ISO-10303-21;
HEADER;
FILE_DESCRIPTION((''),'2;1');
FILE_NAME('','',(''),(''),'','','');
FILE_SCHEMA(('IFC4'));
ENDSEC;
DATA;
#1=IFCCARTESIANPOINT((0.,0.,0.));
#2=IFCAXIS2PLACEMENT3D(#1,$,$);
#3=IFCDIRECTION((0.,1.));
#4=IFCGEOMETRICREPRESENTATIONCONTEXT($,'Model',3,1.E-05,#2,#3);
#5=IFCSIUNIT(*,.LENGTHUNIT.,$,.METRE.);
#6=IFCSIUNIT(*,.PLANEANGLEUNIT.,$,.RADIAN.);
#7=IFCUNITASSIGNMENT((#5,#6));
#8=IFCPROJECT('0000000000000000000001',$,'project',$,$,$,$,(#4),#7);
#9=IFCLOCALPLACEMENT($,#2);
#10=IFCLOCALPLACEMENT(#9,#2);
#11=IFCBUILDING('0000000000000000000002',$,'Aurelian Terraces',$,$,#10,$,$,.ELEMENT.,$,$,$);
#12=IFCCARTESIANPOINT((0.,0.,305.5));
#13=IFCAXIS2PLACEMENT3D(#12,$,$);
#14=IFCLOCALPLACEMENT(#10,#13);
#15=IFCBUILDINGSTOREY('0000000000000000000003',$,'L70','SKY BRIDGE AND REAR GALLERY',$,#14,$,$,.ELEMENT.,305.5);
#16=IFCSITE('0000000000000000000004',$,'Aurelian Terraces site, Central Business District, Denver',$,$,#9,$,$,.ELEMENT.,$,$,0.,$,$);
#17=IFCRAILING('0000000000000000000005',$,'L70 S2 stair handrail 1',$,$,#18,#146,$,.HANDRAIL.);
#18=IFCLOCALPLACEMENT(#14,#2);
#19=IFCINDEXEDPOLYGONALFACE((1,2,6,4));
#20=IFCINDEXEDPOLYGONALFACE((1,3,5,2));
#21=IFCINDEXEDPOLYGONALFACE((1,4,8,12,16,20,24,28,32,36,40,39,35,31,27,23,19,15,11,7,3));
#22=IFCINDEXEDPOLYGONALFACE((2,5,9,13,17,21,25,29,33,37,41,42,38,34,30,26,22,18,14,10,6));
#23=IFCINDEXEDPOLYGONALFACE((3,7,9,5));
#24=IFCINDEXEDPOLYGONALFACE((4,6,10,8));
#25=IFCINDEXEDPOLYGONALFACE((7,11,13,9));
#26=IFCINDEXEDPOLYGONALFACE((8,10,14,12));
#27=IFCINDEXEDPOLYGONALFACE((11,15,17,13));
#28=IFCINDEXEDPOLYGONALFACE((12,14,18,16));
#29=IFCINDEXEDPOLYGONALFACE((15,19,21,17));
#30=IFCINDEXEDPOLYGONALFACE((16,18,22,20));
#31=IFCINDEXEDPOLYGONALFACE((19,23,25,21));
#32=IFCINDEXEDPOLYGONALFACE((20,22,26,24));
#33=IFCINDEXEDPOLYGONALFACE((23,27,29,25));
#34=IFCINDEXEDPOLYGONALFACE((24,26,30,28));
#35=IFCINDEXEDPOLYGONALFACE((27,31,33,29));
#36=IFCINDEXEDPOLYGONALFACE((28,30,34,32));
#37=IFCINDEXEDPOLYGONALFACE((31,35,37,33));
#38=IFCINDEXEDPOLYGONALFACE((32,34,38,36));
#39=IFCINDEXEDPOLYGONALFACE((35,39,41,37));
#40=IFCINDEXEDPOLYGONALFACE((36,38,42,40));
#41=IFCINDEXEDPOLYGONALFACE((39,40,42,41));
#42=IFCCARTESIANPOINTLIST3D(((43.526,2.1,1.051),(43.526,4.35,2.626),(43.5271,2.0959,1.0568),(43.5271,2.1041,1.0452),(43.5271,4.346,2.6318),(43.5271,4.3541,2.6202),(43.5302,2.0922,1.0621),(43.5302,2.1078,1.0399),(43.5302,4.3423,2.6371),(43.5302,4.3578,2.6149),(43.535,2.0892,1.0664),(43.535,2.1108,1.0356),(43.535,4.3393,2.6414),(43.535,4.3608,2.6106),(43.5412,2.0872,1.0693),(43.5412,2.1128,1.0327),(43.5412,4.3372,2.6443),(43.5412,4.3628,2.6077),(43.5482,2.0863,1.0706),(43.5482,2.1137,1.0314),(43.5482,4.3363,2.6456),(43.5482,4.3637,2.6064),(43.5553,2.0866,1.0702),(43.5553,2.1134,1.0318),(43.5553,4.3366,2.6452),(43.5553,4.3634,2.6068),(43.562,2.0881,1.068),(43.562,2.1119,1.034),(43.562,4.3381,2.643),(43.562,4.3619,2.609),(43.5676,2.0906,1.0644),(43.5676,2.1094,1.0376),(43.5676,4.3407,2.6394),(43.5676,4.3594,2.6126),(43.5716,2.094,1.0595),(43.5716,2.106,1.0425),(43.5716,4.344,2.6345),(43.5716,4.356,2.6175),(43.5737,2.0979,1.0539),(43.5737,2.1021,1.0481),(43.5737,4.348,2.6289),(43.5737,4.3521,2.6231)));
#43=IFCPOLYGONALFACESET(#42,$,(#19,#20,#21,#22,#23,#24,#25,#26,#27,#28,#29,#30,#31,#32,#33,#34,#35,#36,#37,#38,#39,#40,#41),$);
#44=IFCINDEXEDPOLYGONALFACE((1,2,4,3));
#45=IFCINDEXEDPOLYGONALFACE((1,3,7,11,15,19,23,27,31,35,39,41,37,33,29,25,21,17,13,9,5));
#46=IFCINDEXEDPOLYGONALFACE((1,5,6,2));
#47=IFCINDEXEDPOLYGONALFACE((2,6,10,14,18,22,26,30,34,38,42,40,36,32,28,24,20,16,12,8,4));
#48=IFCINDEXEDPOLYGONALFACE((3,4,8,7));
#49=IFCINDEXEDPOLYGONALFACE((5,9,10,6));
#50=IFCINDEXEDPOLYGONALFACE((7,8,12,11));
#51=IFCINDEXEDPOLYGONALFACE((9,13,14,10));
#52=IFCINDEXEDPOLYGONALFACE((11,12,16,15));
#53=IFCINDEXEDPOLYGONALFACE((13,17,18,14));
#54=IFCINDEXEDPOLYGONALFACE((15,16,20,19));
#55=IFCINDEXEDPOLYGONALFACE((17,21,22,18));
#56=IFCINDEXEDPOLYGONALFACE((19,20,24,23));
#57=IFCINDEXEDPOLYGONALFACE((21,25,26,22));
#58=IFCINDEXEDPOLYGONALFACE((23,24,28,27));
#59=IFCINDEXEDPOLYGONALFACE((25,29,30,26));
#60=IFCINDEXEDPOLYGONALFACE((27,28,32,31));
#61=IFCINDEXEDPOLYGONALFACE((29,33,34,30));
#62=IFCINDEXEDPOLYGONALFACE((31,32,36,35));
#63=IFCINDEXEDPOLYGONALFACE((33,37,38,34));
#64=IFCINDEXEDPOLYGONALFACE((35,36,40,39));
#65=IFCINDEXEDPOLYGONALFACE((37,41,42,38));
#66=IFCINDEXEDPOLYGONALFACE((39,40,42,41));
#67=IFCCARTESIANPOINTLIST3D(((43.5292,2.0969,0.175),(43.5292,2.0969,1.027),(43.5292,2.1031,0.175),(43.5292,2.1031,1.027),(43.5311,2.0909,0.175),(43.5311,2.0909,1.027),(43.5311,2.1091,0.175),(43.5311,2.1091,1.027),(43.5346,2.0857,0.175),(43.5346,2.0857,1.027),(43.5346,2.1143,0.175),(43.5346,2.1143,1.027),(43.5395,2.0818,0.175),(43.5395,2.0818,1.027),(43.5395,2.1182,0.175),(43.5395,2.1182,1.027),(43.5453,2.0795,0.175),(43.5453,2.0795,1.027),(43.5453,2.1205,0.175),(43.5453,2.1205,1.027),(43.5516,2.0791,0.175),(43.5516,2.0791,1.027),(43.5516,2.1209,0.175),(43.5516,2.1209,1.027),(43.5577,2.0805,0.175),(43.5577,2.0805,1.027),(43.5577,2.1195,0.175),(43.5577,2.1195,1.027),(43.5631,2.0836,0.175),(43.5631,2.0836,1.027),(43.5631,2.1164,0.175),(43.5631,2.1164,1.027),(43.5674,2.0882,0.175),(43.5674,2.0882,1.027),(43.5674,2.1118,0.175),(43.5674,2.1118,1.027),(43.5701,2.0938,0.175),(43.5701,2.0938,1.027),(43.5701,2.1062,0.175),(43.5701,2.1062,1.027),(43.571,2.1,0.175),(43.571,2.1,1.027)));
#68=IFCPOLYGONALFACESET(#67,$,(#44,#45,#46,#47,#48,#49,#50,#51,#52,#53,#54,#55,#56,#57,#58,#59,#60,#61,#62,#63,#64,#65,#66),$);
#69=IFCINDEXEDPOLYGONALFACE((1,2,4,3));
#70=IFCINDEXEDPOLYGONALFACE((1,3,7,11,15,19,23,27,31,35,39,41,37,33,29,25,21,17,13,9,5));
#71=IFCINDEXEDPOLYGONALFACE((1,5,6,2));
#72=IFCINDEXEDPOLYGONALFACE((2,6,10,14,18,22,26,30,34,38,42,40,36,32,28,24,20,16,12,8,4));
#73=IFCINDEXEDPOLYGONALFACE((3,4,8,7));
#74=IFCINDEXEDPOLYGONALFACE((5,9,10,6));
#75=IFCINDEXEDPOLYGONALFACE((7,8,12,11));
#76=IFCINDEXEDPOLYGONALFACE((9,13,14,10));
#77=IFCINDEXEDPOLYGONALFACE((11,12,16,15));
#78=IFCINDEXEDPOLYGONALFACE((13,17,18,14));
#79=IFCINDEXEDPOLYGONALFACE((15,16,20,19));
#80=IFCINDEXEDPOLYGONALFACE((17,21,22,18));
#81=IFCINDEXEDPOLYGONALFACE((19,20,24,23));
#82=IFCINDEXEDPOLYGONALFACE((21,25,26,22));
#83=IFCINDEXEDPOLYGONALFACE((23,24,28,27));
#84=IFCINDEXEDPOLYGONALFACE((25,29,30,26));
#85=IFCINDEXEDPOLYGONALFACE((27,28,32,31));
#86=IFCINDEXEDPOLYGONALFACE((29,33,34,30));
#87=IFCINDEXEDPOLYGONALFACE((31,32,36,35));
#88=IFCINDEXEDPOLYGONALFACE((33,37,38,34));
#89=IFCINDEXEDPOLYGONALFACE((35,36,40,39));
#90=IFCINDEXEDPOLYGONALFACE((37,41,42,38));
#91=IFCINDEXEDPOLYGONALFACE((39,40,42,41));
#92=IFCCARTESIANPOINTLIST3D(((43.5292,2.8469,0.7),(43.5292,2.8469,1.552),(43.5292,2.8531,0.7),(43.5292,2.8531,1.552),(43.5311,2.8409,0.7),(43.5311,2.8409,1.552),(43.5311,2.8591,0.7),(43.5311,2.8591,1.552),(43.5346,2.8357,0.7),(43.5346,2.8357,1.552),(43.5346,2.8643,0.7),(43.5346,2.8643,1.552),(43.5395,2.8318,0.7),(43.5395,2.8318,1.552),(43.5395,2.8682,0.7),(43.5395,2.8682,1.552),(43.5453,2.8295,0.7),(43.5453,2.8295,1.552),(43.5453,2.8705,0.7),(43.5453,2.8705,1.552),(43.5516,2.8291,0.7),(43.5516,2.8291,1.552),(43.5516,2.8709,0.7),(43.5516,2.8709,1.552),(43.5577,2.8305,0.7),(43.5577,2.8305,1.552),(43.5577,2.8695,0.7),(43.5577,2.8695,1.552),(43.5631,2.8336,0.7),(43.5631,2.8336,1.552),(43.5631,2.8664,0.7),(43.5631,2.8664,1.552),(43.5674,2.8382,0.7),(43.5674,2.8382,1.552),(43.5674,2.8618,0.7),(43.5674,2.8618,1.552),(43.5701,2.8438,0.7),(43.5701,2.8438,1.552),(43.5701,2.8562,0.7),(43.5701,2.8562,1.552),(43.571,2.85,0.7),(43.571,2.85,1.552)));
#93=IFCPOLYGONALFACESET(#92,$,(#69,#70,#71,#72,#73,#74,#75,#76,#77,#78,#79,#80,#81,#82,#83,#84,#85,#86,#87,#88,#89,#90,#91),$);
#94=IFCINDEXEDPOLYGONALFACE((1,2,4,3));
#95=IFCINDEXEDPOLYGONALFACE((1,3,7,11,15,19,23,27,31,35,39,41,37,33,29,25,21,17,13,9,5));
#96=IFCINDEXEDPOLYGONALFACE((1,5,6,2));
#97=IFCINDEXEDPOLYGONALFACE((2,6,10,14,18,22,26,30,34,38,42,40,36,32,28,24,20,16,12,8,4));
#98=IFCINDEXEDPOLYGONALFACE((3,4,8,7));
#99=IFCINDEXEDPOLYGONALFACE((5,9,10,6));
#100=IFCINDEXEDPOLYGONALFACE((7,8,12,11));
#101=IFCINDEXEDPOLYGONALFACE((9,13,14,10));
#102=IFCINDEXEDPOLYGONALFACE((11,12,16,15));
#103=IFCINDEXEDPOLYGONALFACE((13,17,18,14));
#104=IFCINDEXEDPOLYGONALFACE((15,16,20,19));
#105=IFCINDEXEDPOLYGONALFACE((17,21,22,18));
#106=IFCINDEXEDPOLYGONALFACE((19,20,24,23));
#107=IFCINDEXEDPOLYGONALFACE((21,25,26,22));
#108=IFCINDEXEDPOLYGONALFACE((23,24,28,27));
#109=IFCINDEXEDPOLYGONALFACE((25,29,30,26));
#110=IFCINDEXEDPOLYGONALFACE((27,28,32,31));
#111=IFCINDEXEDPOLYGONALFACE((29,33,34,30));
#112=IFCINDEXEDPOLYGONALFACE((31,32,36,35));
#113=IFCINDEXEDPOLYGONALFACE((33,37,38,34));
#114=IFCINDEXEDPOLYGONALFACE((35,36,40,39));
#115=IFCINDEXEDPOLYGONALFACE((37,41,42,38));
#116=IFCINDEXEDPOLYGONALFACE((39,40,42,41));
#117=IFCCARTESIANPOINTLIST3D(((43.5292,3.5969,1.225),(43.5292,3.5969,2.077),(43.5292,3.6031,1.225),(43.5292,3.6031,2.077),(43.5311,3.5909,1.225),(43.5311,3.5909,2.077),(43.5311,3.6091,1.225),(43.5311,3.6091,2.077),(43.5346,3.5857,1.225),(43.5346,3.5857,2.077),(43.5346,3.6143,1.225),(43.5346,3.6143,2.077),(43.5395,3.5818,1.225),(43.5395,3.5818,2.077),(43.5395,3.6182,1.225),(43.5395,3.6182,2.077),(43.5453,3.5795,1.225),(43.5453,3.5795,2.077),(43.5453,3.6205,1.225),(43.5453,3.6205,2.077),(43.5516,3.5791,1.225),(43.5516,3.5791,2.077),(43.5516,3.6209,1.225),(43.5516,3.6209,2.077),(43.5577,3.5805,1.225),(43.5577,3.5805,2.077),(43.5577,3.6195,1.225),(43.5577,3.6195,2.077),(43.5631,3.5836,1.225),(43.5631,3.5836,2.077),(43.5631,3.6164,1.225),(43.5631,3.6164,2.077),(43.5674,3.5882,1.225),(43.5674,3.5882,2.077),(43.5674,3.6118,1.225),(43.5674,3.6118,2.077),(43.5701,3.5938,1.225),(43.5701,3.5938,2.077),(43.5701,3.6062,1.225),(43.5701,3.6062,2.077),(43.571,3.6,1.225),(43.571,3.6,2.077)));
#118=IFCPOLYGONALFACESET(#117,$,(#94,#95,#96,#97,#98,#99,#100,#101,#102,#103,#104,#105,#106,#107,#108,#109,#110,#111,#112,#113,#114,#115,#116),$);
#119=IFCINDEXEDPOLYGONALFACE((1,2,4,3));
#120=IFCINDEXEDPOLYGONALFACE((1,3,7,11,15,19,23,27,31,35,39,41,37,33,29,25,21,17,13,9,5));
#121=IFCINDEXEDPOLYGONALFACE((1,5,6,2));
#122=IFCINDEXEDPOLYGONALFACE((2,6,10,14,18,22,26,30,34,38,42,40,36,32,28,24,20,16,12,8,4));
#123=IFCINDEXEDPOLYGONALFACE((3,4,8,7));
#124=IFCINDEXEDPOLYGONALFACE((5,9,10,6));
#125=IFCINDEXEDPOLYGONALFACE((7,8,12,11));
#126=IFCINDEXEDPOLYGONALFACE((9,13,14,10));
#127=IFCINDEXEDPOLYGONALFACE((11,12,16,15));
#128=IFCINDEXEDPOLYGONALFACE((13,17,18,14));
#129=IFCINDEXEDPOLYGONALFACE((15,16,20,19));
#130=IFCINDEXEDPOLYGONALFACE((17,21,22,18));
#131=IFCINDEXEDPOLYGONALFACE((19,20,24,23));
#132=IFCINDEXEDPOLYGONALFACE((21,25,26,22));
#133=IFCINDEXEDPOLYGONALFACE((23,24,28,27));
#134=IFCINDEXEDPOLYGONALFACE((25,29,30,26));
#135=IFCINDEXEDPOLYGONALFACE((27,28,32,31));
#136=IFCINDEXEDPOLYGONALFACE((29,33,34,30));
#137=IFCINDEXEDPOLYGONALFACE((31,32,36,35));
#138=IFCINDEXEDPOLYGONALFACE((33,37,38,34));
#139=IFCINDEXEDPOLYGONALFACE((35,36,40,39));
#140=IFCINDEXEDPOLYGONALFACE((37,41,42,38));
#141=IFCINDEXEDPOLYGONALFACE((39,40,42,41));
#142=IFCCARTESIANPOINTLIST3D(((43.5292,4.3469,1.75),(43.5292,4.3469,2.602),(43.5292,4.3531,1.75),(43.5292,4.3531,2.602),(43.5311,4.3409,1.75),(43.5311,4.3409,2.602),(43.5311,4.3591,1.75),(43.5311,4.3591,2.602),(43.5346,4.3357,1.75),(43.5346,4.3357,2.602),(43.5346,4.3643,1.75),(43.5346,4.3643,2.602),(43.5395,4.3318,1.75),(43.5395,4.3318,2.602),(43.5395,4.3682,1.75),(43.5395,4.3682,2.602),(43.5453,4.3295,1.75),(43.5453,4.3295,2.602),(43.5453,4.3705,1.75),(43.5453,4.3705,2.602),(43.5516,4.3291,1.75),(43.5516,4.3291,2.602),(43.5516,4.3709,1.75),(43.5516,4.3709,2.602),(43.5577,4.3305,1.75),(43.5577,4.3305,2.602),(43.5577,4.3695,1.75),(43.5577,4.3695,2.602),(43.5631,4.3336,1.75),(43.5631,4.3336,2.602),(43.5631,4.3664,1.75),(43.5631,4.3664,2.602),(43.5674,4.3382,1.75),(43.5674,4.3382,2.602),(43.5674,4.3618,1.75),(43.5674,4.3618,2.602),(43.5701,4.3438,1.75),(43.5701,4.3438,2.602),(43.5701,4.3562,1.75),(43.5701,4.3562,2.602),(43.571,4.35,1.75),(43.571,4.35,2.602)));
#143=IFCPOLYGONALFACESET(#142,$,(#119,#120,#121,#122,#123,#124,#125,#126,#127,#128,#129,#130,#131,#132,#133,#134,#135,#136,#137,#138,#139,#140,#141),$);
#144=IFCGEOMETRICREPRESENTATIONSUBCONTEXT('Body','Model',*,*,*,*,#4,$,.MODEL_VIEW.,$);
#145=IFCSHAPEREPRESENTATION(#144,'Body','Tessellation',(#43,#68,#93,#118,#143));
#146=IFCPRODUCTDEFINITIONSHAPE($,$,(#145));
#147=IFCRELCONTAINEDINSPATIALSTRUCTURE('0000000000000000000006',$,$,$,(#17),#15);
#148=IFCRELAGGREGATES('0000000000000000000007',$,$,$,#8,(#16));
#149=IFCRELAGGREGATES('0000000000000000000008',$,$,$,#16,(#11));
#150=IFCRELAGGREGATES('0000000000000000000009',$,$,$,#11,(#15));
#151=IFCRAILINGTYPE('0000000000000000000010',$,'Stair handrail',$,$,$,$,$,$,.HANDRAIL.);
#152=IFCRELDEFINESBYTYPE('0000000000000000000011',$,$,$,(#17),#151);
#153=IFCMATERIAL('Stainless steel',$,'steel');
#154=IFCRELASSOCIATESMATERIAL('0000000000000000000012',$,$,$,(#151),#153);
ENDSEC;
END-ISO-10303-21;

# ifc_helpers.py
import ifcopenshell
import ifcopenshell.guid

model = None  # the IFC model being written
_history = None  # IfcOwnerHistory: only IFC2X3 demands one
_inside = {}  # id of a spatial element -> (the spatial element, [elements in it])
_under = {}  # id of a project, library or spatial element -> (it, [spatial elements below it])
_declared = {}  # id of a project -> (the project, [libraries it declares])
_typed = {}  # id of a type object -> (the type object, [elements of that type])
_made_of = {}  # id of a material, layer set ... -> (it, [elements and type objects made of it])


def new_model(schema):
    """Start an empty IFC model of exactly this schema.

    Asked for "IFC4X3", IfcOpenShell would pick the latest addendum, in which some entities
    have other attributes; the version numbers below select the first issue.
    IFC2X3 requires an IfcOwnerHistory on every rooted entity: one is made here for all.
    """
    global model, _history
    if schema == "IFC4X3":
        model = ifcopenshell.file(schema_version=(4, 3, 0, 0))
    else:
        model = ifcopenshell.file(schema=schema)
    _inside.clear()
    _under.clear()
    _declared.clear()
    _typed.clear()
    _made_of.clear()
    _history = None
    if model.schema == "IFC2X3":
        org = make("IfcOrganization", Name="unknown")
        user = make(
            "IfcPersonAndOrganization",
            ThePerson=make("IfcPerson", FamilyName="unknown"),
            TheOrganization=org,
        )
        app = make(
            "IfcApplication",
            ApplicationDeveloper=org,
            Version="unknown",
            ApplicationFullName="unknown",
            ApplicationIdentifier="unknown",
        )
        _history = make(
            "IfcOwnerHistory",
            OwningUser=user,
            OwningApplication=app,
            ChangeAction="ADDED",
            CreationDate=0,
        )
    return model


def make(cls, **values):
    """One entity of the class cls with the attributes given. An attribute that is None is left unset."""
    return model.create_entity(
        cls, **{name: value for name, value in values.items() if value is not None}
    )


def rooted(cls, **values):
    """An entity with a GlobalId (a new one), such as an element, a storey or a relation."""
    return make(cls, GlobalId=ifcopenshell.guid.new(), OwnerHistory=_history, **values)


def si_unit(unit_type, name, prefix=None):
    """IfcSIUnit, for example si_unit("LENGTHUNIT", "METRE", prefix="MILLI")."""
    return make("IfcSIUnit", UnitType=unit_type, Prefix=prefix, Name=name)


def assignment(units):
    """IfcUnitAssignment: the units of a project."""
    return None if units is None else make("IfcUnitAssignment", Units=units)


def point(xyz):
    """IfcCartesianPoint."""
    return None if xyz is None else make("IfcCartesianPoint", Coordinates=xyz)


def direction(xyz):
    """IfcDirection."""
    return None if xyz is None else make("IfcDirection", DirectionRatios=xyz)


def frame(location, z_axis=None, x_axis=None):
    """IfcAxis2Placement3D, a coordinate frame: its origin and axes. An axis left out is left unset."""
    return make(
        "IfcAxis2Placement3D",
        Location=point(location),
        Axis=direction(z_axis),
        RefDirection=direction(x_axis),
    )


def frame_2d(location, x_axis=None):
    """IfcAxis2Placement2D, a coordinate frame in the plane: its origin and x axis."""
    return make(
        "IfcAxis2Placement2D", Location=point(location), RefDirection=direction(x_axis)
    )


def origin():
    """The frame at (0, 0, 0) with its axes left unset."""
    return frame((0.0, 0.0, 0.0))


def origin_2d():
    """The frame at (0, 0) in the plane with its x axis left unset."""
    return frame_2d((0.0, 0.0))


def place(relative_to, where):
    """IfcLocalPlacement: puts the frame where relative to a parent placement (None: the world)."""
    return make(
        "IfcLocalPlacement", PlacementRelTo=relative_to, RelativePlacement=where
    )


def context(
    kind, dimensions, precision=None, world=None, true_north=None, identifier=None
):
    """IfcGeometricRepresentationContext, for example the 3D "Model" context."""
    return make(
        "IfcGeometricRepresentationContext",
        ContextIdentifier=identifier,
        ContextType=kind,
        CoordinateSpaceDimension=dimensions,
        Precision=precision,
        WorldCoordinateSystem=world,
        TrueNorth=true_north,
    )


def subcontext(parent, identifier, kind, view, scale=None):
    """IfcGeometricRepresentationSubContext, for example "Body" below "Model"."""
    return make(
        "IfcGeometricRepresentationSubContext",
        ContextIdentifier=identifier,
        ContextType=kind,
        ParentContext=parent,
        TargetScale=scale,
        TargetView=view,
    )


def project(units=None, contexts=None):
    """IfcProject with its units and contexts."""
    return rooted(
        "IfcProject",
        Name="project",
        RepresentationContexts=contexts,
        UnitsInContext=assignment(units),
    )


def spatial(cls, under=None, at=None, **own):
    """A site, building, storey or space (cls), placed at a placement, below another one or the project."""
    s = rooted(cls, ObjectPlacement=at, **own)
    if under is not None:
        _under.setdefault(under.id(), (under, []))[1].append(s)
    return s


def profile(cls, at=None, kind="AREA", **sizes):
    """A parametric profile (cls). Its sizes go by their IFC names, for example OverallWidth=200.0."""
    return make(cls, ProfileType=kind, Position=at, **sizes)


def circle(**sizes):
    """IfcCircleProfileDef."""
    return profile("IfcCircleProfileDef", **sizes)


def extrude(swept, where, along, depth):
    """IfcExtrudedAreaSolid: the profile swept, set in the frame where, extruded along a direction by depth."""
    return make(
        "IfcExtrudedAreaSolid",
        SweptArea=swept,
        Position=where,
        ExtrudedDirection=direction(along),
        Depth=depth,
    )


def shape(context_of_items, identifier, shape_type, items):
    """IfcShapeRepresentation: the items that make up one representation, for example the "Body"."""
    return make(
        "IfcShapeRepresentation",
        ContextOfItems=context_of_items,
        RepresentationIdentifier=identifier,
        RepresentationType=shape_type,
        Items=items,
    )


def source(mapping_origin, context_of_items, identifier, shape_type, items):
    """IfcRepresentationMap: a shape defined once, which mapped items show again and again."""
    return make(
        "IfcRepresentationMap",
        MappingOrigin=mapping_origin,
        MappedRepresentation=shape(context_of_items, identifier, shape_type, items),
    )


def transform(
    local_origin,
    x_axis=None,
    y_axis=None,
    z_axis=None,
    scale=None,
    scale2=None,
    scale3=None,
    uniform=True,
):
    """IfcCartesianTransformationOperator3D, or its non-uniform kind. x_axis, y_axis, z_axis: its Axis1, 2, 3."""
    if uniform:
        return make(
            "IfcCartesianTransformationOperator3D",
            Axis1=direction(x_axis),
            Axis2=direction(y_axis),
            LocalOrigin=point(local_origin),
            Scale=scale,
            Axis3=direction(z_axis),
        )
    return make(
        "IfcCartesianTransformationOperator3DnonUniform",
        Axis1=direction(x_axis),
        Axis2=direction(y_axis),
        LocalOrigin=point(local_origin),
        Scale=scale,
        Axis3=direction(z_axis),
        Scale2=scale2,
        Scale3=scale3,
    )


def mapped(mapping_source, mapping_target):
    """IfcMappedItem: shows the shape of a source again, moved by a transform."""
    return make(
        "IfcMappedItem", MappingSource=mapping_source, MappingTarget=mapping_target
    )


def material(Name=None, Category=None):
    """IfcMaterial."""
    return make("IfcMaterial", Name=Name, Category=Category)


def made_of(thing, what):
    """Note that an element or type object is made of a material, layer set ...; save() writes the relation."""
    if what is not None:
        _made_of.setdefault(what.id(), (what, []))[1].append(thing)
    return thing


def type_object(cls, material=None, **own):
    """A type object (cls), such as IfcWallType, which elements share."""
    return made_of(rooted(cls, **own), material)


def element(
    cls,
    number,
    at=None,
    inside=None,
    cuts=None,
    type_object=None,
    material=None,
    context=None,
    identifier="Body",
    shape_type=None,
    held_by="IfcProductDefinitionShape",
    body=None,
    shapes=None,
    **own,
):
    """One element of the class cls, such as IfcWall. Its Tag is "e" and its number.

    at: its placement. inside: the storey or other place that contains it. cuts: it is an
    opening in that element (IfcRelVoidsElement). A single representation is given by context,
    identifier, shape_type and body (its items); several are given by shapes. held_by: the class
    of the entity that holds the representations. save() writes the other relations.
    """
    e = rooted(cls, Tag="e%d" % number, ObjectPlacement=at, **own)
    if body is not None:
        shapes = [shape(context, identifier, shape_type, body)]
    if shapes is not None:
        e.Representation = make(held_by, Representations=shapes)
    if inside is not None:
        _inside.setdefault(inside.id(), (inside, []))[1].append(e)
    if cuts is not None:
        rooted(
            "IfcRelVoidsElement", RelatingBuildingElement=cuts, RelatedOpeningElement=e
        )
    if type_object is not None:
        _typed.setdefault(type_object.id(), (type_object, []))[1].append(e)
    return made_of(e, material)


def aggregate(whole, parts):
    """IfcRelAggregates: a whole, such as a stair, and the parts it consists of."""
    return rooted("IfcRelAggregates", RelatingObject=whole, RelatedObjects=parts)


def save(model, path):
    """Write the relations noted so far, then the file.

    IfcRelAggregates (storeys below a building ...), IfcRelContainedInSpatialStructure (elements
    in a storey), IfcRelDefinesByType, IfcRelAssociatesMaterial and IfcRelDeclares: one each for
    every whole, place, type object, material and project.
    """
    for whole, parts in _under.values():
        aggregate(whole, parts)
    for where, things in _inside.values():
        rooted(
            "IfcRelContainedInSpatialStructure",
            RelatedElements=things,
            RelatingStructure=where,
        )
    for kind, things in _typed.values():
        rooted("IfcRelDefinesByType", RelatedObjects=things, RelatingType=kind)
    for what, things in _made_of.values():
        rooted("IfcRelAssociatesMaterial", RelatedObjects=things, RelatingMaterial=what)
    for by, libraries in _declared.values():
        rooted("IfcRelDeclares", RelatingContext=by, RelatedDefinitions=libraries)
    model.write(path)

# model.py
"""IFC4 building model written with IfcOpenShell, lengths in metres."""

from ifc_helpers import new_model, si_unit, direction, frame, origin, origin_2d, place, context, subcontext, project, spatial, circle, extrude, source, transform, mapped, material, type_object, element, save


model = new_model("IFC4")

# Units and contexts
model_context = context("Model", 3, precision=1e-05, world=origin(), true_north=direction((0.0, 1.0)))
body_context = subcontext(model_context, "Body", "Model", "MODEL_VIEW")
ifc_project = project(units=[si_unit("LENGTHUNIT", "METRE"), si_unit("PLANEANGLEUNIT", "RADIAN")], contexts=[model_context])

# Site, building, storey
site_placement = place(None, origin())
site = spatial("IfcSite", under=ifc_project, at=site_placement, Name="Aurelian Terraces site, Central Business District, Denver", CompositionType="ELEMENT", RefElevation=0.0)
building_placement = place(site_placement, origin())
building = spatial("IfcBuilding", under=site, at=building_placement, Name="Aurelian Terraces", CompositionType="ELEMENT")
storey_placement = place(building_placement, frame((0.0, 0.0, 305.5)))
storey = spatial("IfcBuildingStorey", under=building, at=storey_placement, Name="L70", Description="SKY BRIDGE AND REAR GALLERY", CompositionType="ELEMENT", Elevation=305.5)

# Railing
ifc_material_1 = material(Name="Stainless steel", Category="steel")
railing_type_1 = type_object("IfcRailingType", Name="Stair handrail", PredefinedType="HANDRAIL", material=ifc_material_1)
shared_shape_1 = source(origin(), body_context, "Body", "SweptSolid", [
    extrude(circle(Radius=0.024, at=origin_2d()), frame((0.0, 0.0, 0.876), z_axis=(0.0, 0.819232, 0.573462), x_axis=(-1.0, 0.0, 0.0)), (0.0, 0.0, 1.0), 2.7465),
    extrude(circle(Radius=0.021, at=origin_2d()), origin(), (0.0, 0.0, 1.0), 0.852),
    extrude(circle(Radius=0.021, at=origin_2d()), frame((0.0, 0.75, 0.525)), (0.0, 0.0, 1.0), 0.852),
    extrude(circle(Radius=0.021, at=origin_2d()), frame((0.0, 1.5, 1.05)), (0.0, 0.0, 1.0), 0.852),
    extrude(circle(Radius=0.021, at=origin_2d()), frame((0.0, 2.25, 1.575)), (0.0, 0.0, 1.0), 0.852),
])
railing_1_placement = place(storey_placement, frame((43.55, 2.1, 0.175)))
element("IfcRailing", 1, at=railing_1_placement, inside=storey, type_object=railing_type_1, Name="L70 S2 stair handrail 1", PredefinedType="HANDRAIL", context=body_context, shape_type="MappedRepresentation", body=[
    mapped(shared_shape_1, transform((0.0, 0.0, 0.0), scale=1.0)),
])

save(model, "model.ifc")
